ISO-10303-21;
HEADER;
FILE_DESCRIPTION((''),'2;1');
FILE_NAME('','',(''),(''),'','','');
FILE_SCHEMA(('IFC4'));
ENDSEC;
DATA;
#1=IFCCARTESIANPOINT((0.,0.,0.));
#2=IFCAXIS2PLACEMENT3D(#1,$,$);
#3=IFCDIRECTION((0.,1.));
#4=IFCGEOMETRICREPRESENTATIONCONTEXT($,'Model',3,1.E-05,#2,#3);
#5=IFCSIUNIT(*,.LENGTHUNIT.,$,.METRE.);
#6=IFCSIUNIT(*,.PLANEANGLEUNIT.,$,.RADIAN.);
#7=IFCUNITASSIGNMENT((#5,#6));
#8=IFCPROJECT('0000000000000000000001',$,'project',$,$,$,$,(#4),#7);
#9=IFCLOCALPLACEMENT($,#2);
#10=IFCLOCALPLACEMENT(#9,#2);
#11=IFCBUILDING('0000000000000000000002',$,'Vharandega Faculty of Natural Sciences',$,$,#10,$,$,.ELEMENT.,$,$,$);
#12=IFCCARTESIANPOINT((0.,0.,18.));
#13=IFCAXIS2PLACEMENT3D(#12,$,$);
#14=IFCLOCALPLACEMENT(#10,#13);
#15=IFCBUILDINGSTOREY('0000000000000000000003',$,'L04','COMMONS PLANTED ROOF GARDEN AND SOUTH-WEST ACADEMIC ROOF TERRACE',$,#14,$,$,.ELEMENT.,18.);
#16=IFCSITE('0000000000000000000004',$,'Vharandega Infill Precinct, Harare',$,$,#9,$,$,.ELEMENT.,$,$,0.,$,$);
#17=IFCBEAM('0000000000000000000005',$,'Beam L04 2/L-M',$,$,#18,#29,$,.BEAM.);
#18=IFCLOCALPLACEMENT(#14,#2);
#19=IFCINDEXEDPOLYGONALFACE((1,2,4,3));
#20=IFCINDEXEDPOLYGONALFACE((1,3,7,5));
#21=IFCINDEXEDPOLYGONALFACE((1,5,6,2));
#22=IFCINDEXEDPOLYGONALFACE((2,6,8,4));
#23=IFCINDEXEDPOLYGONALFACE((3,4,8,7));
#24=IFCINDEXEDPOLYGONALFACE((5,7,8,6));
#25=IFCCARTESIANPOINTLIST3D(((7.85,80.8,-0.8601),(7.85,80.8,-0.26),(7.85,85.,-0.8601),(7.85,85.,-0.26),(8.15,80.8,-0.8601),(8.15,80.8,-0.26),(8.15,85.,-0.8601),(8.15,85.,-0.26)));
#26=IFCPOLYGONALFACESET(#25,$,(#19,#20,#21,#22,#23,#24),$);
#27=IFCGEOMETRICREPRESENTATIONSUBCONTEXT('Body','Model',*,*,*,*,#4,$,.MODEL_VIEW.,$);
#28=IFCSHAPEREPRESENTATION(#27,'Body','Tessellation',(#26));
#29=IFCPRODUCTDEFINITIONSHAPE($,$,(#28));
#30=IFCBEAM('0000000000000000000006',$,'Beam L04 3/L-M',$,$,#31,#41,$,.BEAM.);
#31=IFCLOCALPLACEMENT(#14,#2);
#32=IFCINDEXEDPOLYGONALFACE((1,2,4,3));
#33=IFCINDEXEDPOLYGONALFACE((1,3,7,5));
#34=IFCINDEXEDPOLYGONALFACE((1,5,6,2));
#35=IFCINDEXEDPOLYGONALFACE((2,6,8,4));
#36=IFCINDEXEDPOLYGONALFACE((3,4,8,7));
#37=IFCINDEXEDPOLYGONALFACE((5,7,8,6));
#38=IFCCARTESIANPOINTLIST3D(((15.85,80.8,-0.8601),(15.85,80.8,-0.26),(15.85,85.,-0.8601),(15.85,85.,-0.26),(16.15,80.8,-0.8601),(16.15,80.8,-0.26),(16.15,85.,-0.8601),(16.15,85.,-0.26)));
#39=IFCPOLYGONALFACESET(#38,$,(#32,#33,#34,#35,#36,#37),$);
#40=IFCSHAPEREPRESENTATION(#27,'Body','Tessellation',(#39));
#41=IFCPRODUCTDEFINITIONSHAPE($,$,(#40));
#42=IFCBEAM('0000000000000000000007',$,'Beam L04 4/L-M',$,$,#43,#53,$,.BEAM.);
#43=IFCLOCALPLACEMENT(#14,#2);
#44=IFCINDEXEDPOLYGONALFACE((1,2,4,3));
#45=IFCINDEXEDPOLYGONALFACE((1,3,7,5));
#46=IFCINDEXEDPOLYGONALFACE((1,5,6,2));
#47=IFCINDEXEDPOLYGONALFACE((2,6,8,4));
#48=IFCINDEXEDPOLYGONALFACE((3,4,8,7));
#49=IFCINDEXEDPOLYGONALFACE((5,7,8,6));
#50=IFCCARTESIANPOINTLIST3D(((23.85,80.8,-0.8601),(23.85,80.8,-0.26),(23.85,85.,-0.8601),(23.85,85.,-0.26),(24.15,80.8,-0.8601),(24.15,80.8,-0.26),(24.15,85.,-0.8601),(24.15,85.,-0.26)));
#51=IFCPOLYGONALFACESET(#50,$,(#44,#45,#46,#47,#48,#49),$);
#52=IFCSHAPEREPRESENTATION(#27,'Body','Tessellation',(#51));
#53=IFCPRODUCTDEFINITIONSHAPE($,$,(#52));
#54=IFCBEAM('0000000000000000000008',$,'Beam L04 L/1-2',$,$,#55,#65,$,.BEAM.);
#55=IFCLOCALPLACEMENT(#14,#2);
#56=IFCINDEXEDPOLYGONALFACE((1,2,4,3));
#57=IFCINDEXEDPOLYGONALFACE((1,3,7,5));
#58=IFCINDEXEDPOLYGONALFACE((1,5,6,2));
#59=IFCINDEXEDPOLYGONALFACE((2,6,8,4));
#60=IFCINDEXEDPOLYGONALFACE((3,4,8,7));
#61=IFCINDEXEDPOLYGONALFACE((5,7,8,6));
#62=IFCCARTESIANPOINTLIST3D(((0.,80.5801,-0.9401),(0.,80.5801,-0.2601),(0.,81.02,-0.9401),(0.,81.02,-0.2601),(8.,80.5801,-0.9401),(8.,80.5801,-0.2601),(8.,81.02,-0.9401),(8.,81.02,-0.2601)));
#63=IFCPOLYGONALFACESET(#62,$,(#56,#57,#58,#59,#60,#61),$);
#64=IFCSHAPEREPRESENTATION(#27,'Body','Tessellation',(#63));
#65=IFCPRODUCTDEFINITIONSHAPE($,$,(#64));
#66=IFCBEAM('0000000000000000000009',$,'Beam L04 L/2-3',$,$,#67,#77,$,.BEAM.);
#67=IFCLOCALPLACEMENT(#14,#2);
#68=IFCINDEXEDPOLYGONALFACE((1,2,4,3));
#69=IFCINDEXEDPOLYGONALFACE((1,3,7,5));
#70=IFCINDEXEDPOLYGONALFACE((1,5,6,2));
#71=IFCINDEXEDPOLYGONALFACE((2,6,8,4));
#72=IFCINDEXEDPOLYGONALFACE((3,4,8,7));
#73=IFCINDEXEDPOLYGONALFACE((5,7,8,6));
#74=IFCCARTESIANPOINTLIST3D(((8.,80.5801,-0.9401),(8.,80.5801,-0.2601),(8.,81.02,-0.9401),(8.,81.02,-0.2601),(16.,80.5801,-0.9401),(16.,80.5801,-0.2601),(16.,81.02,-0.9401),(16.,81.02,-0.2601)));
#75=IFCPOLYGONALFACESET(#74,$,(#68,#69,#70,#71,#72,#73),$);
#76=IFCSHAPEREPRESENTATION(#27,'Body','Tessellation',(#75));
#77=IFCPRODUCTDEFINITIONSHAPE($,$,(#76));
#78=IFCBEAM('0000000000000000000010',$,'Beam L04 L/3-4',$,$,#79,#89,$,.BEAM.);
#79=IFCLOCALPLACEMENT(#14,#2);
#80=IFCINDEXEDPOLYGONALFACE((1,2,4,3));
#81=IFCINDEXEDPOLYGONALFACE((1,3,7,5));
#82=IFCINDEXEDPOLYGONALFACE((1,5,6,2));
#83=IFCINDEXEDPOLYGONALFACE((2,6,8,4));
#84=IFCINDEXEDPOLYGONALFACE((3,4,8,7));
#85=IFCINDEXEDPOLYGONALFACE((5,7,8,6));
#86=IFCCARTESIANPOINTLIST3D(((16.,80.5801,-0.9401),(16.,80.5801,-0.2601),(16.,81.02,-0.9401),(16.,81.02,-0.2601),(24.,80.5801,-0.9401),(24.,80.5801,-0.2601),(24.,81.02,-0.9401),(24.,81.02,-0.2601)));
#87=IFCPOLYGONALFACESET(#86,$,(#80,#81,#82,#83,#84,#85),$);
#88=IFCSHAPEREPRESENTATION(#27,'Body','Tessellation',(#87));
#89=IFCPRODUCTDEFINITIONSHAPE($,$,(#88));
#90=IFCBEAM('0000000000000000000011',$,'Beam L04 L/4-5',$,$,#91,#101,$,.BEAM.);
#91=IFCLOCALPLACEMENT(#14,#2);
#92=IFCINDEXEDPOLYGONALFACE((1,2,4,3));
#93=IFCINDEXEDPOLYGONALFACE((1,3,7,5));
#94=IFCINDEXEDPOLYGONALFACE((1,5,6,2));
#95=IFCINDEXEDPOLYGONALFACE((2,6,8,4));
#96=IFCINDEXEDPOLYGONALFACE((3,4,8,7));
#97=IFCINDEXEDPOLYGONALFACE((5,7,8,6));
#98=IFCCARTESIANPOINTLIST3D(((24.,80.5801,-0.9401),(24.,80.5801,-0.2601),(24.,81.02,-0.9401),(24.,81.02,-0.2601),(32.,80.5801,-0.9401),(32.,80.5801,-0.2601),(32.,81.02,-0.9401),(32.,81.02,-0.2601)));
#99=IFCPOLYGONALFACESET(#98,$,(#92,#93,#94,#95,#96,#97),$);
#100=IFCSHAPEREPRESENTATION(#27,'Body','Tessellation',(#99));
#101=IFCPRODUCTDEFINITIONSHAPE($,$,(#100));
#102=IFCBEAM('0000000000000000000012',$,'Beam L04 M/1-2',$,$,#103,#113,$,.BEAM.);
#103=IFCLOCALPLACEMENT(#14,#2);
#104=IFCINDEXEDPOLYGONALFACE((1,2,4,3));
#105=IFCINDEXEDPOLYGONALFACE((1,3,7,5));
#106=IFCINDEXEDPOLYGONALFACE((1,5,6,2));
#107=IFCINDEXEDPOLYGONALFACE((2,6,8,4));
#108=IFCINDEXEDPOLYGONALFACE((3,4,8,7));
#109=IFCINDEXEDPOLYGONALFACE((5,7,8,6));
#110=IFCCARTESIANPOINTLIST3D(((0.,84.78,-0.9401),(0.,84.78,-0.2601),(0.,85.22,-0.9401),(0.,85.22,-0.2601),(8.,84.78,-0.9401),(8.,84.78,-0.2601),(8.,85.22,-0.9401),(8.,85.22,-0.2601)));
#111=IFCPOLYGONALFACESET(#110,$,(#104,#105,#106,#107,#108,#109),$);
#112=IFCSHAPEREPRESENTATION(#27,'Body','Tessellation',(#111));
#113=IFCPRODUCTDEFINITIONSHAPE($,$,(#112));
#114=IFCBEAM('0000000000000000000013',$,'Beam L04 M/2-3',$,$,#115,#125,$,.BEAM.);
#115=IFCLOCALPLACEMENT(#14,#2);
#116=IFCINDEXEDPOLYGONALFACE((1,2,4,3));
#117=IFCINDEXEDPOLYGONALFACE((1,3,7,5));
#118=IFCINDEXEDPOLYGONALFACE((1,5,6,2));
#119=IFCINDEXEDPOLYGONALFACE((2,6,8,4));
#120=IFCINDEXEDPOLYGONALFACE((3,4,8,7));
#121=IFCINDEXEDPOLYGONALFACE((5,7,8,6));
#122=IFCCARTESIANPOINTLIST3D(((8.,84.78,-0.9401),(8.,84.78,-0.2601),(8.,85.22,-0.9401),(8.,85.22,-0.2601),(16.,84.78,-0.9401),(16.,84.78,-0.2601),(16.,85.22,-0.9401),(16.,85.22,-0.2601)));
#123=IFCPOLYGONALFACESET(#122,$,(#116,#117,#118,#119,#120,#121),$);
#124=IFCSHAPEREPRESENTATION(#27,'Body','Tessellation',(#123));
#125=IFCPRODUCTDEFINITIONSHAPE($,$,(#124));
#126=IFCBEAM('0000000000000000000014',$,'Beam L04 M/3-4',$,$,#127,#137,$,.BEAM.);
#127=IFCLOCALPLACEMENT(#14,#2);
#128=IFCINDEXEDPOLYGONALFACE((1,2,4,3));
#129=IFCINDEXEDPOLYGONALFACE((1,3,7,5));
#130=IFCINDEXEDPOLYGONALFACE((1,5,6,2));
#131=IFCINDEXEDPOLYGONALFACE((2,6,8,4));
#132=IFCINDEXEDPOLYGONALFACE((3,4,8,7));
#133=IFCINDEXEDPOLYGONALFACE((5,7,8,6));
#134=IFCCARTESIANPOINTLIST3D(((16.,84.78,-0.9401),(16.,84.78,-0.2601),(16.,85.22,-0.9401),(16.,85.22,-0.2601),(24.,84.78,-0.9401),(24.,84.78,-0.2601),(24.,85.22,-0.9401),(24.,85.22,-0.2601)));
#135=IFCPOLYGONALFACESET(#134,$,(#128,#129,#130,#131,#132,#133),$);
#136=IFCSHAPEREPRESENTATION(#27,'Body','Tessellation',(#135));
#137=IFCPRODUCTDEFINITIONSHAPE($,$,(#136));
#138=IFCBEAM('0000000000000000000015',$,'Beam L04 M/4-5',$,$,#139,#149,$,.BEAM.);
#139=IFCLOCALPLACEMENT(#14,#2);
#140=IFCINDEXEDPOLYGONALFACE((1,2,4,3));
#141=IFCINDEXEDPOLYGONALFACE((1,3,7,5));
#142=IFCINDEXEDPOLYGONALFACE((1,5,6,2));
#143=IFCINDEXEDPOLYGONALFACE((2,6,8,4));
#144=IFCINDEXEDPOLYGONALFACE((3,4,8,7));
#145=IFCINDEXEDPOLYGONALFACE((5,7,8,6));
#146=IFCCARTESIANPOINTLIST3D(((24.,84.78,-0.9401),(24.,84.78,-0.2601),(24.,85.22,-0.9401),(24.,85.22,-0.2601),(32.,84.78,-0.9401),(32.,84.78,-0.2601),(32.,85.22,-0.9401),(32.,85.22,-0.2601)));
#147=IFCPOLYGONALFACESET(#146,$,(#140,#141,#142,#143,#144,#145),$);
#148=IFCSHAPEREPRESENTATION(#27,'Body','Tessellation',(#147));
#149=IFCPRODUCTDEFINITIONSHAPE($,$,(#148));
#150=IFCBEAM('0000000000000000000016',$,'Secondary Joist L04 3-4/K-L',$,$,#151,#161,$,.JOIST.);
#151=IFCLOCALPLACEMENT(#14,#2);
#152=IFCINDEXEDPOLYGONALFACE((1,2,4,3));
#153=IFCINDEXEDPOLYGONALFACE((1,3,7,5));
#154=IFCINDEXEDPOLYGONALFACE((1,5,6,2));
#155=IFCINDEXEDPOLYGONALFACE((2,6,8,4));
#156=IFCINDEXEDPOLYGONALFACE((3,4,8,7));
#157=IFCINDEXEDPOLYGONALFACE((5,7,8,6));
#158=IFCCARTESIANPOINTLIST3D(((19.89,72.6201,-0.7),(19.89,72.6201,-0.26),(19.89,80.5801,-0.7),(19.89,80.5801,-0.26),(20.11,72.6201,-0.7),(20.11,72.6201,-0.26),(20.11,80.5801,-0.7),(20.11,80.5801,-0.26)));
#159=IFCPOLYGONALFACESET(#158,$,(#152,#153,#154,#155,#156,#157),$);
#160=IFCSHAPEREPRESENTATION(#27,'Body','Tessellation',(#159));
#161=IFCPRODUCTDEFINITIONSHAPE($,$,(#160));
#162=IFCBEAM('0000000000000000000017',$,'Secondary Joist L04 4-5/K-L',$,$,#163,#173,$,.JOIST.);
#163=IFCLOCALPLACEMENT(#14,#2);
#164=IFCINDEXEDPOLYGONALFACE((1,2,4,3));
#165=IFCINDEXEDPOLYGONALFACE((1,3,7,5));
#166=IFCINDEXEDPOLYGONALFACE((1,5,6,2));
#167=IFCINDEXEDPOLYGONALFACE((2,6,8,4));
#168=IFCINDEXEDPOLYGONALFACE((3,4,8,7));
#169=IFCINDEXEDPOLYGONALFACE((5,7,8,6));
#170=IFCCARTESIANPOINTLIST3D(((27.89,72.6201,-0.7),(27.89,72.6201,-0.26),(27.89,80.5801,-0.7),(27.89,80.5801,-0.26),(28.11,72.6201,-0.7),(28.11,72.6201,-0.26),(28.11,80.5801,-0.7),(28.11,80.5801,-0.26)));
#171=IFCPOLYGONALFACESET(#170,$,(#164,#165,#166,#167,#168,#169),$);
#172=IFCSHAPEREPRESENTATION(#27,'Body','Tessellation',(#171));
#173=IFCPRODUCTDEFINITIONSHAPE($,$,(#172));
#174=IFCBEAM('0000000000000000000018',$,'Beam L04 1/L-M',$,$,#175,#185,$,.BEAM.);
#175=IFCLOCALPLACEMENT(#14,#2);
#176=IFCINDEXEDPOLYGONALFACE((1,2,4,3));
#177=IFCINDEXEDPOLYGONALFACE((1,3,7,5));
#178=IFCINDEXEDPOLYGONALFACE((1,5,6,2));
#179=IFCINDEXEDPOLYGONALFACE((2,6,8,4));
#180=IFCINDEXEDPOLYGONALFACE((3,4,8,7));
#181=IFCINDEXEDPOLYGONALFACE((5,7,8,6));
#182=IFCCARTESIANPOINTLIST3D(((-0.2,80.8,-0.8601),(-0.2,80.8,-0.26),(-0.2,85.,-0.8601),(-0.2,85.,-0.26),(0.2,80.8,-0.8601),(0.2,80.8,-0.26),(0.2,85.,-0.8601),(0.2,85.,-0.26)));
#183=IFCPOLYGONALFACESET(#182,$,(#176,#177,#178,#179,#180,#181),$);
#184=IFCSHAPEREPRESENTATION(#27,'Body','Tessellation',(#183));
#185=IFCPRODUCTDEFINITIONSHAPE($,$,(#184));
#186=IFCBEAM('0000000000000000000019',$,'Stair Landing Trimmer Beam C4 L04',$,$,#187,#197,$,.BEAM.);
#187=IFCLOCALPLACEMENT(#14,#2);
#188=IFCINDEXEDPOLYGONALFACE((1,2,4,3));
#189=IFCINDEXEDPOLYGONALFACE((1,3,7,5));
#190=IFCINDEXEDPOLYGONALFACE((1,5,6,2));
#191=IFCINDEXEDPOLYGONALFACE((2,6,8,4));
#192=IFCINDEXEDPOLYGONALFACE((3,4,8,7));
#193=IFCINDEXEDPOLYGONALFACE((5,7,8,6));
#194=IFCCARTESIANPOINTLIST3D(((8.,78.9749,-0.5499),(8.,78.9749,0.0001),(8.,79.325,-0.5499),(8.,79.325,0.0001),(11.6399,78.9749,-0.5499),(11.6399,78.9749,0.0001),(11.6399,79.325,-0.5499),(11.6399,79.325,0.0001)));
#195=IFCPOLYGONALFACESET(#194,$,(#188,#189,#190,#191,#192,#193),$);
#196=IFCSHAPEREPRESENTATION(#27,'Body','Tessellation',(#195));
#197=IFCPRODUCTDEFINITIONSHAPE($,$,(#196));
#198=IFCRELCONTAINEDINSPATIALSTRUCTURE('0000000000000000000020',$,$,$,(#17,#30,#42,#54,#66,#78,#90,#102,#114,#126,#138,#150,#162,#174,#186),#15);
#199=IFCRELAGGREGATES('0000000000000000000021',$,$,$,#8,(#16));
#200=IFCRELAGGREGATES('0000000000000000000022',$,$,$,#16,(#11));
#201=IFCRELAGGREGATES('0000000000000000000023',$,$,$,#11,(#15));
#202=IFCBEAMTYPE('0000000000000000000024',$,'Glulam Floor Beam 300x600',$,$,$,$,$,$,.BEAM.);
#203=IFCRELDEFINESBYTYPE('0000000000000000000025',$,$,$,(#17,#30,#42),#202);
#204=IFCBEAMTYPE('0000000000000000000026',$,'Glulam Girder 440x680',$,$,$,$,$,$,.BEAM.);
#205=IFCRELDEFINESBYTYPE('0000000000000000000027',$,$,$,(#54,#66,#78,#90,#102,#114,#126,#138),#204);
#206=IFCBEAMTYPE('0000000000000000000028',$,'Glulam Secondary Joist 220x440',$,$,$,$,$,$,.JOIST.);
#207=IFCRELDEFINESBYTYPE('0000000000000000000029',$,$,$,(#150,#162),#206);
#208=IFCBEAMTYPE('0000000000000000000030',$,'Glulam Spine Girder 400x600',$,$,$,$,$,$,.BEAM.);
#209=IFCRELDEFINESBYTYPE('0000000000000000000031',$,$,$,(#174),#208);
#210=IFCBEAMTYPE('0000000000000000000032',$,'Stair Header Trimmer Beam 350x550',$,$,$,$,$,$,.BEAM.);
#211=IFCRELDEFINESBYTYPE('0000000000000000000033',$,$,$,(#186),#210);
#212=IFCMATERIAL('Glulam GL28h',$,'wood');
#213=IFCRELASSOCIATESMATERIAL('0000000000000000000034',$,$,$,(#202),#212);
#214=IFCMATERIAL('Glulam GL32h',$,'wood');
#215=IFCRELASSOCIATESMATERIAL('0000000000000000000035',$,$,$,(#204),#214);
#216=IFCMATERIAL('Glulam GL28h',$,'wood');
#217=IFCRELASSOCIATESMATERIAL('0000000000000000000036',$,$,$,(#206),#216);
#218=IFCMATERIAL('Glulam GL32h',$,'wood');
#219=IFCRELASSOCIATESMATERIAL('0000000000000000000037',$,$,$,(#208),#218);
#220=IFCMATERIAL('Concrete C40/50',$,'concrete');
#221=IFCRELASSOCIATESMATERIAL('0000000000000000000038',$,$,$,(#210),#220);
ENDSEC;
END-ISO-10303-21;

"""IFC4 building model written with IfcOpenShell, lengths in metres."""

from ifc_helpers import new_model, si_unit, direction, frame, origin, origin_2d, place, context, subcontext, project, spatial, rectangle, extrude, material, material_profile, profile_set, type_object, element, save


model = new_model("IFC4")

# Units and contexts
model_context = context("Model", 3, precision=1e-05, world=origin(), true_north=direction((0.0, 1.0)))
body_context = subcontext(model_context, "Body", "Model", "MODEL_VIEW")
ifc_project = project(units=[si_unit("LENGTHUNIT", "METRE"), si_unit("PLANEANGLEUNIT", "RADIAN")], contexts=[model_context])

# Site, building, storey
site_placement = place(None, origin())
site = spatial("IfcSite", under=ifc_project, at=site_placement, Name="Vharandega Infill Precinct, Harare", CompositionType="ELEMENT", RefElevation=0.0)
building_placement = place(site_placement, origin())
building = spatial("IfcBuilding", under=site, at=building_placement, Name="Vharandega Faculty of Natural Sciences", CompositionType="ELEMENT")
storey_placement = place(building_placement, frame((0.0, 0.0, 18.0)))
storey = spatial("IfcBuildingStorey", under=building, at=storey_placement, Name="L04", Description="COMMONS PLANTED ROOF GARDEN AND SOUTH-WEST ACADEMIC ROOF TERRACE", CompositionType="ELEMENT", Elevation=18.0)

# Beams
ifc_material_1 = material(Name="Glulam GL28h", Category="wood")
ifc_material_profile_1 = material_profile(ifc_material_1, rectangle(XDim=0.3, YDim=0.6001, at=origin_2d()), Name="GL28h 300x600")
ifc_profile_set_1 = profile_set([ifc_material_profile_1], Name="Glulam GL28h")
beam_type_1 = type_object("IfcBeamType", Name="Glulam Floor Beam 300x600", PredefinedType="BEAM", material=ifc_profile_set_1)
for number, where, z_axis, x_axis, name in (
    (1, (8.0, 80.8, -0.5601), (0.0, 1.0, 0.0), (-1.0, 0.0, 0.0), "Beam L04 2/L-M"),
    (2, (16.0, 80.8, -0.5601), (0.0, 1.0, 0.0), (-1.0, 0.0, 0.0), "Beam L04 3/L-M"),
    (3, (24.0, 80.8, -0.5601), (0.0, 1.0, 0.0), (-1.0, 0.0, 0.0), "Beam L04 4/L-M"),
):
    element("IfcBeam", number, at=place(storey_placement, frame(where, z_axis=z_axis, x_axis=x_axis)), inside=storey, type_object=beam_type_1, Name=name, PredefinedType="BEAM", context=body_context, shape_type="SweptSolid", body=[
        extrude(rectangle(XDim=0.3, YDim=0.6001, at=origin_2d()), origin(), (0.0, 0.0, 1.0), 4.2),
    ])
ifc_material_2 = material(Name="Glulam GL32h", Category="wood")
ifc_material_profile_2 = material_profile(ifc_material_2, rectangle(XDim=0.4399, YDim=0.6799, at=origin_2d()), Name="GL32h 440x680")
ifc_profile_set_2 = profile_set([ifc_material_profile_2], Name="Glulam GL32h")
beam_type_2 = type_object("IfcBeamType", Name="Glulam Girder 440x680", PredefinedType="BEAM", material=ifc_profile_set_2)
for number, where, z_axis, x_axis, name in (
    (4, (0.0, 80.8, -0.6001), (1.0, 0.0, 0.0), (0.0, 1.0, 0.0), "Beam L04 L/1-2"),
    (5, (8.0, 80.8, -0.6001), (1.0, 0.0, 0.0), (0.0, 1.0, 0.0), "Beam L04 L/2-3"),
    (6, (16.0, 80.8, -0.6001), (1.0, 0.0, 0.0), (0.0, 1.0, 0.0), "Beam L04 L/3-4"),
    (7, (24.0, 80.8, -0.6001), (1.0, 0.0, 0.0), (0.0, 1.0, 0.0), "Beam L04 L/4-5"),
    (8, (0.0, 85.0, -0.6001), (1.0, 0.0, 0.0), (0.0, 1.0, 0.0), "Beam L04 M/1-2"),
    (9, (8.0, 85.0, -0.6001), (1.0, 0.0, 0.0), (0.0, 1.0, 0.0), "Beam L04 M/2-3"),
    (10, (16.0, 85.0, -0.6001), (1.0, 0.0, 0.0), (0.0, 1.0, 0.0), "Beam L04 M/3-4"),
    (11, (24.0, 85.0, -0.6001), (1.0, 0.0, 0.0), (0.0, 1.0, 0.0), "Beam L04 M/4-5"),
):
    element("IfcBeam", number, at=place(storey_placement, frame(where, z_axis=z_axis, x_axis=x_axis)), inside=storey, type_object=beam_type_2, Name=name, PredefinedType="BEAM", context=body_context, shape_type="SweptSolid", body=[
        extrude(rectangle(XDim=0.4399, YDim=0.6799, at=origin_2d()), origin(), (0.0, 0.0, 1.0), 8.0),
    ])
ifc_material_3 = material(Name="Glulam GL28h", Category="wood")
ifc_material_profile_3 = material_profile(ifc_material_3, rectangle(XDim=0.22, YDim=0.4399, at=origin_2d()), Name="GL28h 220x440")
ifc_profile_set_3 = profile_set([ifc_material_profile_3], Name="Glulam GL28h")
beam_type_3 = type_object("IfcBeamType", Name="Glulam Secondary Joist 220x440", PredefinedType="JOIST", material=ifc_profile_set_3)
for number, where, z_axis, x_axis, name in (
    (12, (20.0, 72.6201, -0.48), (0.0, 1.0, 0.0), (-1.0, 0.0, 0.0), "Secondary Joist L04 3-4/K-L"),
    (13, (28.0, 72.6201, -0.48), (0.0, 1.0, 0.0), (-1.0, 0.0, 0.0), "Secondary Joist L04 4-5/K-L"),
):
    element("IfcBeam", number, at=place(storey_placement, frame(where, z_axis=z_axis, x_axis=x_axis)), inside=storey, type_object=beam_type_3, Name=name, PredefinedType="JOIST", context=body_context, shape_type="SweptSolid", body=[
        extrude(rectangle(XDim=0.22, YDim=0.4399, at=origin_2d()), origin(), (0.0, 0.0, 1.0), 7.96),
    ])
ifc_material_4 = material(Name="Glulam GL32h", Category="wood")
ifc_material_profile_4 = material_profile(ifc_material_4, rectangle(XDim=0.3999, YDim=0.6001, at=origin_2d()), Name="GL32h 400x600")
ifc_profile_set_4 = profile_set([ifc_material_profile_4], Name="Glulam GL32h")
beam_type_4 = type_object("IfcBeamType", Name="Glulam Spine Girder 400x600", PredefinedType="BEAM", material=ifc_profile_set_4)
beam_1_placement = place(storey_placement, frame((0.0, 80.8, -0.5601), z_axis=(0.0, 1.0, 0.0), x_axis=(-1.0, 0.0, 0.0)))
element("IfcBeam", 14, at=beam_1_placement, inside=storey, type_object=beam_type_4, Name="Beam L04 1/L-M", PredefinedType="BEAM", context=body_context, shape_type="SweptSolid", body=[
    extrude(rectangle(XDim=0.3999, YDim=0.6001, at=origin_2d()), origin(), (0.0, 0.0, 1.0), 4.2),
])
ifc_material_5 = material(Name="Concrete C40/50", Category="concrete")
ifc_material_profile_5 = material_profile(ifc_material_5, rectangle(XDim=0.3501, YDim=0.55, at=origin_2d()), Name="RC 350x550")
ifc_profile_set_5 = profile_set([ifc_material_profile_5], Name="Concrete C40/50")
beam_type_5 = type_object("IfcBeamType", Name="Stair Header Trimmer Beam 350x550", PredefinedType="BEAM", material=ifc_profile_set_5)
beam_2_placement = place(storey_placement, frame((8.0, 79.1499, -0.2749), z_axis=(1.0, 0.0, 0.0), x_axis=(0.0, 1.0, 0.0)))
element("IfcBeam", 15, at=beam_2_placement, inside=storey, type_object=beam_type_5, Name="Stair Landing Trimmer Beam C4 L04", PredefinedType="BEAM", context=body_context, shape_type="SweptSolid", body=[
    extrude(rectangle(XDim=0.3501, YDim=0.55, at=origin_2d()), origin(), (0.0, 0.0, 1.0), 3.6399),
])

save(model, "model.ifc")
